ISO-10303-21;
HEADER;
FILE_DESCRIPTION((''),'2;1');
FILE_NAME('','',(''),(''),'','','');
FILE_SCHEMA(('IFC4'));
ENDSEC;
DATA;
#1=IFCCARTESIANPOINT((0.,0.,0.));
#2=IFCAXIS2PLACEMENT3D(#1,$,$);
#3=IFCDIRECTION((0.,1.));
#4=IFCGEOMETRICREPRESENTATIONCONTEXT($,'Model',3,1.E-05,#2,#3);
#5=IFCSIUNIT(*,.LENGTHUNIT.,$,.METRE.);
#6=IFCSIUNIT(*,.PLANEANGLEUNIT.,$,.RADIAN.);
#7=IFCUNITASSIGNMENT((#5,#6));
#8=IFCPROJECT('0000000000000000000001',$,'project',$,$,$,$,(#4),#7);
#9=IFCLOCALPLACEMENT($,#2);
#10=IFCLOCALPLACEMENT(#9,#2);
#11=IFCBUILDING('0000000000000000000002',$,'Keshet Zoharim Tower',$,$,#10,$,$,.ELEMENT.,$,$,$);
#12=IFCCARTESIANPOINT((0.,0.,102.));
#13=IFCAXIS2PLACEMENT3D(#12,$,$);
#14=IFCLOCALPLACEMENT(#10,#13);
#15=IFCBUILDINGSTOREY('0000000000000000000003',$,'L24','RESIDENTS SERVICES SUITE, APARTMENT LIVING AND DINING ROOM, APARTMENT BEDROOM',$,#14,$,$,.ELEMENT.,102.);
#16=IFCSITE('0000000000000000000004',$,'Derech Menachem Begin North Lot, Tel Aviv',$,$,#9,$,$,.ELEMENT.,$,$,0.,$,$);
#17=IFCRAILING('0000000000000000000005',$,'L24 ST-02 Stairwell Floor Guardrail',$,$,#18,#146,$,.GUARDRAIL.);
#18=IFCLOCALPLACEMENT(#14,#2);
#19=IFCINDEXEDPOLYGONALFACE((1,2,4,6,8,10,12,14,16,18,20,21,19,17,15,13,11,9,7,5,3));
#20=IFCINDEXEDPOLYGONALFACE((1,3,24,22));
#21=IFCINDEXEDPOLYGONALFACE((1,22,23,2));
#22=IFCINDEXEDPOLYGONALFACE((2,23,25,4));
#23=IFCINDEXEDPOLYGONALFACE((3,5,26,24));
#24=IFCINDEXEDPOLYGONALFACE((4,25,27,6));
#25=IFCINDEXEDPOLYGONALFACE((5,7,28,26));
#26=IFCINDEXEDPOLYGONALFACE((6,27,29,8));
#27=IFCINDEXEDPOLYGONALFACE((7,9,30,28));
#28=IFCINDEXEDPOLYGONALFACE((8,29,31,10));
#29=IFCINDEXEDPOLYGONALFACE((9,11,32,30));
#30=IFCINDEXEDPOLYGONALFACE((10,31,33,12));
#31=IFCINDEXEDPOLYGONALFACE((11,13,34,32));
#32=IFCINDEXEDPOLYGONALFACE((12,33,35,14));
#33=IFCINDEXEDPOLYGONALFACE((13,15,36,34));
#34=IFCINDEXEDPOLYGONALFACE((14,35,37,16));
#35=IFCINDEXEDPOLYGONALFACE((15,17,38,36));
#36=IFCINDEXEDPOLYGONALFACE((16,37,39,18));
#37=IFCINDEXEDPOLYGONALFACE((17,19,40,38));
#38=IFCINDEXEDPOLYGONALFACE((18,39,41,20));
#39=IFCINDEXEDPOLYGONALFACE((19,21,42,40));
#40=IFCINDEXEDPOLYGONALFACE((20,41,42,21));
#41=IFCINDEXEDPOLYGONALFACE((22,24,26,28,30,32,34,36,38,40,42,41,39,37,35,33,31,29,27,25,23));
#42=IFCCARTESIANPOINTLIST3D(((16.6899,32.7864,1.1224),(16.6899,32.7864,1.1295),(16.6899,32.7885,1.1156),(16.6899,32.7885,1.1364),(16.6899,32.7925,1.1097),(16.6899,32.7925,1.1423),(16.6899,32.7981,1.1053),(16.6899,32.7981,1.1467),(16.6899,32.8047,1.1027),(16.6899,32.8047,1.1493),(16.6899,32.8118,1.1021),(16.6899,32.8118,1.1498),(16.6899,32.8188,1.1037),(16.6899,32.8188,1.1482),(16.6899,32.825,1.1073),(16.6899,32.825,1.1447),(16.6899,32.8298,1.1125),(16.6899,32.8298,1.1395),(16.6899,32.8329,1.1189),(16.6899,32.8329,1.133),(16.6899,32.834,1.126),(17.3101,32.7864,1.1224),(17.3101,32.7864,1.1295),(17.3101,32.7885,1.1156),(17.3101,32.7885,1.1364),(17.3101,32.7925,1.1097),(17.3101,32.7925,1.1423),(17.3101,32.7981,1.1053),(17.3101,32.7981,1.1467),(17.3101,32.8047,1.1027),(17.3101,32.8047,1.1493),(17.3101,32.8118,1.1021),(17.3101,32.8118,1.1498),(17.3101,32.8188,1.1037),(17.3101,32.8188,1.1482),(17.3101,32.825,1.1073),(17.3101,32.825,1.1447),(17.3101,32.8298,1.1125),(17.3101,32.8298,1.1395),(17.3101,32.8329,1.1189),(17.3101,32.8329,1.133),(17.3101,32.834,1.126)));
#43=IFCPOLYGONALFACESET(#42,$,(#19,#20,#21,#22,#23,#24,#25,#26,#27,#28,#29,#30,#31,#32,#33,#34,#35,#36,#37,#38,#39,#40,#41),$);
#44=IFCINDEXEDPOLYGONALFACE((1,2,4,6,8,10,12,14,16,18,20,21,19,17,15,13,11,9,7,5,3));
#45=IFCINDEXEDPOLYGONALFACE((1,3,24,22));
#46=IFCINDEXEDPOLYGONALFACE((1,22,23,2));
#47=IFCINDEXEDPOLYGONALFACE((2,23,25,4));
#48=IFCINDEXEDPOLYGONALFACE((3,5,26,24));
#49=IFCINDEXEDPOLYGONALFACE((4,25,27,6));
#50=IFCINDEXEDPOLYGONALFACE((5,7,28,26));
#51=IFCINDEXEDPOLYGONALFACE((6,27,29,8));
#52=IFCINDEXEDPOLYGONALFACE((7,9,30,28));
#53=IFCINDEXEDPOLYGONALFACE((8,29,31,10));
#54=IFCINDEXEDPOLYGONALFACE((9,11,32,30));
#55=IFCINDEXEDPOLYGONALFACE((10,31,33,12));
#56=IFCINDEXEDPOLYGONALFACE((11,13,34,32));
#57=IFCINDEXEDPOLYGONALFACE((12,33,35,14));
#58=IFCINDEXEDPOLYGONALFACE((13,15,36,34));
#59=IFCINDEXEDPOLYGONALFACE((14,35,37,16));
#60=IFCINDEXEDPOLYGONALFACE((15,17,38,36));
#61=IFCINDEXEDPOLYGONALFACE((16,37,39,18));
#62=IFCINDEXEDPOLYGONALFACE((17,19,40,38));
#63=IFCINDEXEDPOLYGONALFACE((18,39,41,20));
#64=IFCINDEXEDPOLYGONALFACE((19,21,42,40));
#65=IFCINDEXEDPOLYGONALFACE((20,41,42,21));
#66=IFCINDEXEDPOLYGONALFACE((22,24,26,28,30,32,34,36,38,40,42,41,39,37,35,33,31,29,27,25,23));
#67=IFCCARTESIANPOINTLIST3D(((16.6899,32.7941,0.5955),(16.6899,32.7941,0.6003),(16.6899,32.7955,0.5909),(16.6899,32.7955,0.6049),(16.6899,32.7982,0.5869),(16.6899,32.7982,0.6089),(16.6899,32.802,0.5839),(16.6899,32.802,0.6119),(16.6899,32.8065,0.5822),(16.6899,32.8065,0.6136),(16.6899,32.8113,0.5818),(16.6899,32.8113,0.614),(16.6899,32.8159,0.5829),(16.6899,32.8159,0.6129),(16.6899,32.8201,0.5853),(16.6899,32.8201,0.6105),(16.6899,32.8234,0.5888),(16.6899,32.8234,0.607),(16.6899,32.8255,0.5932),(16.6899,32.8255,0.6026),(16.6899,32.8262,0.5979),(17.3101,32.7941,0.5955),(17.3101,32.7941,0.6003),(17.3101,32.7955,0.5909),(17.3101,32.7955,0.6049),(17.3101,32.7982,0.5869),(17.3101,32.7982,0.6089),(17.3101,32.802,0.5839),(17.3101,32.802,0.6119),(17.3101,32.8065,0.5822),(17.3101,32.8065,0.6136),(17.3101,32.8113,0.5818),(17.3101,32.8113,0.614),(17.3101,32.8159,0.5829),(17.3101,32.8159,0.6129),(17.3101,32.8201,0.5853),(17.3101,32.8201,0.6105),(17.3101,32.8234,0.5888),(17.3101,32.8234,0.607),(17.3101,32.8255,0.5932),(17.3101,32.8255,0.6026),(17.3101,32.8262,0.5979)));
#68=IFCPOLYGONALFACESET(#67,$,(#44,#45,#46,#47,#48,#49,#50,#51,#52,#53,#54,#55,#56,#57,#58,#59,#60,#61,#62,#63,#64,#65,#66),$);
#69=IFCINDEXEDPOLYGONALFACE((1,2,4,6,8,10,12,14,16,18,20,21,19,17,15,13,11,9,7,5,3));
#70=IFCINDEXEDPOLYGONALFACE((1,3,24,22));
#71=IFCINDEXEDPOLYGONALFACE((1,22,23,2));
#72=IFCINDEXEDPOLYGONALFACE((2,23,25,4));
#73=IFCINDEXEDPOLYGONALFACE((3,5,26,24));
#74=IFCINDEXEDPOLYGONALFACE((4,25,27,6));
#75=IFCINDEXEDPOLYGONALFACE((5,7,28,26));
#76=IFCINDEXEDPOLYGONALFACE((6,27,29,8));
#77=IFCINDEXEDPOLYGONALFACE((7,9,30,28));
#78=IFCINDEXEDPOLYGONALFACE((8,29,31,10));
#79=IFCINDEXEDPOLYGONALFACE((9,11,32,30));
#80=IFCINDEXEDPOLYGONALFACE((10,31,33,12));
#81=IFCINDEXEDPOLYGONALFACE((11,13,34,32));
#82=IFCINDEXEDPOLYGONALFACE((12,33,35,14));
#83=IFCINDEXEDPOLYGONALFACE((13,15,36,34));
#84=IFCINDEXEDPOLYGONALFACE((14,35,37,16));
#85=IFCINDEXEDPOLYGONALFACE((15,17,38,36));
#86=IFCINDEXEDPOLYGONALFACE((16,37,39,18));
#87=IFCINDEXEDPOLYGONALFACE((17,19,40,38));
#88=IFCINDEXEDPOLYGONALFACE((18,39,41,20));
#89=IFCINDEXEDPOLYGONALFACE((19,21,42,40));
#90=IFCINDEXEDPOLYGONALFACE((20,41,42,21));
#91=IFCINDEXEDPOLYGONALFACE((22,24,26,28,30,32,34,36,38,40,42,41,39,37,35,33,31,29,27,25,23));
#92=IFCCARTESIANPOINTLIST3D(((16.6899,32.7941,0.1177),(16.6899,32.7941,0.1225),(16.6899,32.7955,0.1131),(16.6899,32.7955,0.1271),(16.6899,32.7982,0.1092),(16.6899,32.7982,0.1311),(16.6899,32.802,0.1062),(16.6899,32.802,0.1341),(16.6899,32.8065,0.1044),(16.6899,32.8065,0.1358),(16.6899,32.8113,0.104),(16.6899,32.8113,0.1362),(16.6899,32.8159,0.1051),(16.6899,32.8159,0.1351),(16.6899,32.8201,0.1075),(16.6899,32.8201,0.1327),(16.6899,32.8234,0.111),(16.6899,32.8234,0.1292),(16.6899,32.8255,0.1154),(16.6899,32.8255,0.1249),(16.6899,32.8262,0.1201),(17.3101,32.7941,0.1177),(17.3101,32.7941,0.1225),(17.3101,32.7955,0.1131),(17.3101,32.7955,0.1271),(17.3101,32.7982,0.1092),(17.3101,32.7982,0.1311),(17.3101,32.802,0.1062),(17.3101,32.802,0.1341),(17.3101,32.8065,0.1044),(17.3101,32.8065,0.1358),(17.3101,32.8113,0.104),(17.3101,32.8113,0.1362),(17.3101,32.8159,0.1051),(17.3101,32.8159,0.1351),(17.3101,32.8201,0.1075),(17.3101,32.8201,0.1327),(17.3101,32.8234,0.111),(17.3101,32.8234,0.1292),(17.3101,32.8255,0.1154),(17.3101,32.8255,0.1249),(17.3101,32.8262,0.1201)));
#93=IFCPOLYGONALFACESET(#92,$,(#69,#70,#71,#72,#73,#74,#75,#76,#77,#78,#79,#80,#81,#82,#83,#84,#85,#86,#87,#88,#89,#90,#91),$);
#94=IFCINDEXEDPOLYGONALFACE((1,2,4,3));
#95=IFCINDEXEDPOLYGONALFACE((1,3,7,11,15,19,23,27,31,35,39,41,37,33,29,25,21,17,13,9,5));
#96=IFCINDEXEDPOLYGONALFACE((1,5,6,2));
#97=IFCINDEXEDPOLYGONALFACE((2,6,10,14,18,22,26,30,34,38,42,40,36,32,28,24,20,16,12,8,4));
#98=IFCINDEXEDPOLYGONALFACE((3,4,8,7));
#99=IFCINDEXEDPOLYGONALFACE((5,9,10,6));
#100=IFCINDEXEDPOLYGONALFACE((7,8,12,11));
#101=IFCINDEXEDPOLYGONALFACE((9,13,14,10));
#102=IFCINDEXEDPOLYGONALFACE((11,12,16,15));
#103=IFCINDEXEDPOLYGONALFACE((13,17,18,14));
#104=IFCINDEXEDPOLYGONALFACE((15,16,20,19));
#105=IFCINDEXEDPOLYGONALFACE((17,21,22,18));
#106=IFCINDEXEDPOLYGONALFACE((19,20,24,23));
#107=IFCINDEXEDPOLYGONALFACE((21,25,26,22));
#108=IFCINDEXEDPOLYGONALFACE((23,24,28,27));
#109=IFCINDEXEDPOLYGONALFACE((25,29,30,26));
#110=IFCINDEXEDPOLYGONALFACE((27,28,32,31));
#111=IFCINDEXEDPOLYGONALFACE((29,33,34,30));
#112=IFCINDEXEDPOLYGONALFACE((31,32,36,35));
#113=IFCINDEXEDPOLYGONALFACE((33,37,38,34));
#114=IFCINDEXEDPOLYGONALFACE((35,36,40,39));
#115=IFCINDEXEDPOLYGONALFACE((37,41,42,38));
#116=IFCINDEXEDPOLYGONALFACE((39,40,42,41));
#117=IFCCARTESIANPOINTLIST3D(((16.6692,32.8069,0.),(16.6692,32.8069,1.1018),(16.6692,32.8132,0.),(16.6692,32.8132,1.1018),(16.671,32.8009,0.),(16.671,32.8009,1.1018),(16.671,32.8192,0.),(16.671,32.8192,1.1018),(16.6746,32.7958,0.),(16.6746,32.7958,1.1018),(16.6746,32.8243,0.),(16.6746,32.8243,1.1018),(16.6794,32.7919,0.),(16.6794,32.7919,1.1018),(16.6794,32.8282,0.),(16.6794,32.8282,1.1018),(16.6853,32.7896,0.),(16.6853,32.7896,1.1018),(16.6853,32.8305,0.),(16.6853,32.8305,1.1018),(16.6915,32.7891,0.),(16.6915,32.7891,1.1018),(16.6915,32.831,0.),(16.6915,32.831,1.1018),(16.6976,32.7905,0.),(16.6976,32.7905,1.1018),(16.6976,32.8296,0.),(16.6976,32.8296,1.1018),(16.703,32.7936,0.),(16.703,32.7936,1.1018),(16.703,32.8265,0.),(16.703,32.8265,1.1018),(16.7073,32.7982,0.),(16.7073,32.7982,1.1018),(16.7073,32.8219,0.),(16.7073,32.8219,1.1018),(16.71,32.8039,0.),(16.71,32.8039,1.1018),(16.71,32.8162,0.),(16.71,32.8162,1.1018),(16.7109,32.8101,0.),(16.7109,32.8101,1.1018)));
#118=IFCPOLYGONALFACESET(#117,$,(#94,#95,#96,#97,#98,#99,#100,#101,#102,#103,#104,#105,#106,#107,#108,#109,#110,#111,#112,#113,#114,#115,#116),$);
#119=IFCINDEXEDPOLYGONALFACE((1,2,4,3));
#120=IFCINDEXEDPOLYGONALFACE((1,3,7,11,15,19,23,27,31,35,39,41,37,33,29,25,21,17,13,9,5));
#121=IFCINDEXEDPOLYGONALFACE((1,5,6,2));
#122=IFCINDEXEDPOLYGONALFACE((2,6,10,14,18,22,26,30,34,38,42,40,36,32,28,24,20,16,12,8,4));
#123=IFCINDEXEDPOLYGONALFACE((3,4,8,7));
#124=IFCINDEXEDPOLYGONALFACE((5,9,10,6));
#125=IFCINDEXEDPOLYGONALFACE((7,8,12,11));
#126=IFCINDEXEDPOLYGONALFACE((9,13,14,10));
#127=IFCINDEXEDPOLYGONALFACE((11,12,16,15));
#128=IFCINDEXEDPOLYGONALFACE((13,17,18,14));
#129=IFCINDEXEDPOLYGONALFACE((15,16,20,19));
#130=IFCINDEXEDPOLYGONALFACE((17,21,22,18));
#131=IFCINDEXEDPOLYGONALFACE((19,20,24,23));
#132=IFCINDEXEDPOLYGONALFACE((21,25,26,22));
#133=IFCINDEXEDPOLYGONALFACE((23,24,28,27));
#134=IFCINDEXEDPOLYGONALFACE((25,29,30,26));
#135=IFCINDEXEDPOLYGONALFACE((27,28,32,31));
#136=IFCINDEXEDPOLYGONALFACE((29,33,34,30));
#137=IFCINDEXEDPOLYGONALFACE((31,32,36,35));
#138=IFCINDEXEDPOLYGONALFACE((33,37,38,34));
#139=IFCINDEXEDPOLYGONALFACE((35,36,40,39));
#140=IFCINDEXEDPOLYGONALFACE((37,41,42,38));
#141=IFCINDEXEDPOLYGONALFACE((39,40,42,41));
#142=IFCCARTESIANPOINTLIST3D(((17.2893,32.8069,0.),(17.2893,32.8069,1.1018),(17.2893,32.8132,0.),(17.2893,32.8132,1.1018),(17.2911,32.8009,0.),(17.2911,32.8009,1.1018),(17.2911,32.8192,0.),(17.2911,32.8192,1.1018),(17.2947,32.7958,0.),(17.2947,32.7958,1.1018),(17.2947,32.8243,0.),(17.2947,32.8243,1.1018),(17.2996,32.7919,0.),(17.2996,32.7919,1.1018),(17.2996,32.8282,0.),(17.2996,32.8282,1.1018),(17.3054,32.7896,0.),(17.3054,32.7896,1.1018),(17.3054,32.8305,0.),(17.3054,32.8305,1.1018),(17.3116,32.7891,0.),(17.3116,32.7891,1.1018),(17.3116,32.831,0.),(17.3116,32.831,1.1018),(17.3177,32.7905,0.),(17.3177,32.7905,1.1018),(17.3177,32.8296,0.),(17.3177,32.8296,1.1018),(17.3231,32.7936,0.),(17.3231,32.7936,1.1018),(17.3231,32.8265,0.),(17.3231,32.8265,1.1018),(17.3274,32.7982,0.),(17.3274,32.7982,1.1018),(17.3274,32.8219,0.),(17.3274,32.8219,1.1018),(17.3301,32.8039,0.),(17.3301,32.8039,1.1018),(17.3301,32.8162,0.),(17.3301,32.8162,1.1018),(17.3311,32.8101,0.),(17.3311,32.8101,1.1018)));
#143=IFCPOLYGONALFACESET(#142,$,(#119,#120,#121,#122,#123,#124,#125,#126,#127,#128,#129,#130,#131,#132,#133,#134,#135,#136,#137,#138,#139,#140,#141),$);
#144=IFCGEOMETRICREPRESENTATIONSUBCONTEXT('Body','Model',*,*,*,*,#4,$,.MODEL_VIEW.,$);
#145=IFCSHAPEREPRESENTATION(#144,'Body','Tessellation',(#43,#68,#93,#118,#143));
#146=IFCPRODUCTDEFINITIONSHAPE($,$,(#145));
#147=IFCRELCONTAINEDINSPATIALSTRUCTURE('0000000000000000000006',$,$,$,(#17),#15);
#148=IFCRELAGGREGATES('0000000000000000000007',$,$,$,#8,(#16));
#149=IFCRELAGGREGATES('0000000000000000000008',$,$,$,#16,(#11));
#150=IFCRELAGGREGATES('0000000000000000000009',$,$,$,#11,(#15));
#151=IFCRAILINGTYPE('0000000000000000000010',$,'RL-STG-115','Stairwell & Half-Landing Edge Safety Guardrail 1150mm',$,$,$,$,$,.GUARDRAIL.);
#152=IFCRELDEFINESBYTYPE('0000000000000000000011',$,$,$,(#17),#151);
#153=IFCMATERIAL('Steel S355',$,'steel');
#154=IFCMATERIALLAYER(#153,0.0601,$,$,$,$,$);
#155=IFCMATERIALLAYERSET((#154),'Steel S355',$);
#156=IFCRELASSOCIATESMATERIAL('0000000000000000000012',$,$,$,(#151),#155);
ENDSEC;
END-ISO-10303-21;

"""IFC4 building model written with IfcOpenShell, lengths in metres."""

from ifc_helpers import new_model, si_unit, direction, frame, origin, origin_2d, place, context, subcontext, project, spatial, circle, extrude, material, layer, layer_set, type_object, element, save


model = new_model("IFC4")

# Units and contexts
model_context = context("Model", 3, precision=1e-05, world=origin(), true_north=direction((0.0, 1.0)))
body_context = subcontext(model_context, "Body", "Model", "MODEL_VIEW")
ifc_project = project(units=[si_unit("LENGTHUNIT", "METRE"), si_unit("PLANEANGLEUNIT", "RADIAN")], contexts=[model_context])

# Site, building, storey
site_placement = place(None, origin())
site = spatial("IfcSite", under=ifc_project, at=site_placement, Name="Derech Menachem Begin North Lot, Tel Aviv", CompositionType="ELEMENT", RefElevation=0.0)
building_placement = place(site_placement, origin())
building = spatial("IfcBuilding", under=site, at=building_placement, Name="Keshet Zoharim Tower", CompositionType="ELEMENT")
storey_placement = place(building_placement, frame((0.0, 0.0, 102.0)))
storey = spatial("IfcBuildingStorey", under=building, at=storey_placement, Name="L24", Description="RESIDENTS SERVICES SUITE, APARTMENT LIVING AND DINING ROOM, APARTMENT BEDROOM", CompositionType="ELEMENT", Elevation=102.0)

# Railing
ifc_material_1 = material(Name="Steel S355", Category="steel")
ifc_layer_1 = layer(ifc_material_1, 0.0601)
ifc_layer_set_1 = layer_set([ifc_layer_1], Name="Steel S355")
railing_type_1 = type_object("IfcRailingType", Name="RL-STG-115", Description="Stairwell & Half-Landing Edge Safety Guardrail 1150mm", PredefinedType="GUARDRAIL", material=ifc_layer_set_1)
railing_1_placement = place(storey_placement, frame((16.6899, 32.8101, 0.0)))
element("IfcRailing", 1, at=railing_1_placement, inside=storey, type_object=railing_type_1, Name="L24 ST-02 Stairwell Floor Guardrail", PredefinedType="GUARDRAIL", context=body_context, shape_type="SweptSolid", body=[
    extrude(circle(Radius=0.0239, at=origin_2d()), frame((0.0, 0.0, 1.126), z_axis=(1.0, 0.0, 0.0), x_axis=(0.0, 1.0, 0.0)), (0.0, 0.0, 1.0), 0.6201),
    extrude(circle(Radius=0.0161, at=origin_2d()), frame((0.0, 0.0, 0.5979), z_axis=(1.0, 0.0, 0.0), x_axis=(0.0, 1.0, 0.0)), (0.0, 0.0, 1.0), 0.6201),
    extrude(circle(Radius=0.0161, at=origin_2d()), frame((0.0, 0.0, 0.1201), z_axis=(1.0, 0.0, 0.0), x_axis=(0.0, 1.0, 0.0)), (0.0, 0.0, 1.0), 0.6201),
    extrude(circle(Radius=0.021, at=origin_2d()), origin(), (0.0, 0.0, 1.0), 1.1018),
    extrude(circle(Radius=0.021, at=origin_2d()), frame((0.6201, 0.0, 0.0)), (0.0, 0.0, 1.0), 1.1018),
])

save(model, "model.ifc")
